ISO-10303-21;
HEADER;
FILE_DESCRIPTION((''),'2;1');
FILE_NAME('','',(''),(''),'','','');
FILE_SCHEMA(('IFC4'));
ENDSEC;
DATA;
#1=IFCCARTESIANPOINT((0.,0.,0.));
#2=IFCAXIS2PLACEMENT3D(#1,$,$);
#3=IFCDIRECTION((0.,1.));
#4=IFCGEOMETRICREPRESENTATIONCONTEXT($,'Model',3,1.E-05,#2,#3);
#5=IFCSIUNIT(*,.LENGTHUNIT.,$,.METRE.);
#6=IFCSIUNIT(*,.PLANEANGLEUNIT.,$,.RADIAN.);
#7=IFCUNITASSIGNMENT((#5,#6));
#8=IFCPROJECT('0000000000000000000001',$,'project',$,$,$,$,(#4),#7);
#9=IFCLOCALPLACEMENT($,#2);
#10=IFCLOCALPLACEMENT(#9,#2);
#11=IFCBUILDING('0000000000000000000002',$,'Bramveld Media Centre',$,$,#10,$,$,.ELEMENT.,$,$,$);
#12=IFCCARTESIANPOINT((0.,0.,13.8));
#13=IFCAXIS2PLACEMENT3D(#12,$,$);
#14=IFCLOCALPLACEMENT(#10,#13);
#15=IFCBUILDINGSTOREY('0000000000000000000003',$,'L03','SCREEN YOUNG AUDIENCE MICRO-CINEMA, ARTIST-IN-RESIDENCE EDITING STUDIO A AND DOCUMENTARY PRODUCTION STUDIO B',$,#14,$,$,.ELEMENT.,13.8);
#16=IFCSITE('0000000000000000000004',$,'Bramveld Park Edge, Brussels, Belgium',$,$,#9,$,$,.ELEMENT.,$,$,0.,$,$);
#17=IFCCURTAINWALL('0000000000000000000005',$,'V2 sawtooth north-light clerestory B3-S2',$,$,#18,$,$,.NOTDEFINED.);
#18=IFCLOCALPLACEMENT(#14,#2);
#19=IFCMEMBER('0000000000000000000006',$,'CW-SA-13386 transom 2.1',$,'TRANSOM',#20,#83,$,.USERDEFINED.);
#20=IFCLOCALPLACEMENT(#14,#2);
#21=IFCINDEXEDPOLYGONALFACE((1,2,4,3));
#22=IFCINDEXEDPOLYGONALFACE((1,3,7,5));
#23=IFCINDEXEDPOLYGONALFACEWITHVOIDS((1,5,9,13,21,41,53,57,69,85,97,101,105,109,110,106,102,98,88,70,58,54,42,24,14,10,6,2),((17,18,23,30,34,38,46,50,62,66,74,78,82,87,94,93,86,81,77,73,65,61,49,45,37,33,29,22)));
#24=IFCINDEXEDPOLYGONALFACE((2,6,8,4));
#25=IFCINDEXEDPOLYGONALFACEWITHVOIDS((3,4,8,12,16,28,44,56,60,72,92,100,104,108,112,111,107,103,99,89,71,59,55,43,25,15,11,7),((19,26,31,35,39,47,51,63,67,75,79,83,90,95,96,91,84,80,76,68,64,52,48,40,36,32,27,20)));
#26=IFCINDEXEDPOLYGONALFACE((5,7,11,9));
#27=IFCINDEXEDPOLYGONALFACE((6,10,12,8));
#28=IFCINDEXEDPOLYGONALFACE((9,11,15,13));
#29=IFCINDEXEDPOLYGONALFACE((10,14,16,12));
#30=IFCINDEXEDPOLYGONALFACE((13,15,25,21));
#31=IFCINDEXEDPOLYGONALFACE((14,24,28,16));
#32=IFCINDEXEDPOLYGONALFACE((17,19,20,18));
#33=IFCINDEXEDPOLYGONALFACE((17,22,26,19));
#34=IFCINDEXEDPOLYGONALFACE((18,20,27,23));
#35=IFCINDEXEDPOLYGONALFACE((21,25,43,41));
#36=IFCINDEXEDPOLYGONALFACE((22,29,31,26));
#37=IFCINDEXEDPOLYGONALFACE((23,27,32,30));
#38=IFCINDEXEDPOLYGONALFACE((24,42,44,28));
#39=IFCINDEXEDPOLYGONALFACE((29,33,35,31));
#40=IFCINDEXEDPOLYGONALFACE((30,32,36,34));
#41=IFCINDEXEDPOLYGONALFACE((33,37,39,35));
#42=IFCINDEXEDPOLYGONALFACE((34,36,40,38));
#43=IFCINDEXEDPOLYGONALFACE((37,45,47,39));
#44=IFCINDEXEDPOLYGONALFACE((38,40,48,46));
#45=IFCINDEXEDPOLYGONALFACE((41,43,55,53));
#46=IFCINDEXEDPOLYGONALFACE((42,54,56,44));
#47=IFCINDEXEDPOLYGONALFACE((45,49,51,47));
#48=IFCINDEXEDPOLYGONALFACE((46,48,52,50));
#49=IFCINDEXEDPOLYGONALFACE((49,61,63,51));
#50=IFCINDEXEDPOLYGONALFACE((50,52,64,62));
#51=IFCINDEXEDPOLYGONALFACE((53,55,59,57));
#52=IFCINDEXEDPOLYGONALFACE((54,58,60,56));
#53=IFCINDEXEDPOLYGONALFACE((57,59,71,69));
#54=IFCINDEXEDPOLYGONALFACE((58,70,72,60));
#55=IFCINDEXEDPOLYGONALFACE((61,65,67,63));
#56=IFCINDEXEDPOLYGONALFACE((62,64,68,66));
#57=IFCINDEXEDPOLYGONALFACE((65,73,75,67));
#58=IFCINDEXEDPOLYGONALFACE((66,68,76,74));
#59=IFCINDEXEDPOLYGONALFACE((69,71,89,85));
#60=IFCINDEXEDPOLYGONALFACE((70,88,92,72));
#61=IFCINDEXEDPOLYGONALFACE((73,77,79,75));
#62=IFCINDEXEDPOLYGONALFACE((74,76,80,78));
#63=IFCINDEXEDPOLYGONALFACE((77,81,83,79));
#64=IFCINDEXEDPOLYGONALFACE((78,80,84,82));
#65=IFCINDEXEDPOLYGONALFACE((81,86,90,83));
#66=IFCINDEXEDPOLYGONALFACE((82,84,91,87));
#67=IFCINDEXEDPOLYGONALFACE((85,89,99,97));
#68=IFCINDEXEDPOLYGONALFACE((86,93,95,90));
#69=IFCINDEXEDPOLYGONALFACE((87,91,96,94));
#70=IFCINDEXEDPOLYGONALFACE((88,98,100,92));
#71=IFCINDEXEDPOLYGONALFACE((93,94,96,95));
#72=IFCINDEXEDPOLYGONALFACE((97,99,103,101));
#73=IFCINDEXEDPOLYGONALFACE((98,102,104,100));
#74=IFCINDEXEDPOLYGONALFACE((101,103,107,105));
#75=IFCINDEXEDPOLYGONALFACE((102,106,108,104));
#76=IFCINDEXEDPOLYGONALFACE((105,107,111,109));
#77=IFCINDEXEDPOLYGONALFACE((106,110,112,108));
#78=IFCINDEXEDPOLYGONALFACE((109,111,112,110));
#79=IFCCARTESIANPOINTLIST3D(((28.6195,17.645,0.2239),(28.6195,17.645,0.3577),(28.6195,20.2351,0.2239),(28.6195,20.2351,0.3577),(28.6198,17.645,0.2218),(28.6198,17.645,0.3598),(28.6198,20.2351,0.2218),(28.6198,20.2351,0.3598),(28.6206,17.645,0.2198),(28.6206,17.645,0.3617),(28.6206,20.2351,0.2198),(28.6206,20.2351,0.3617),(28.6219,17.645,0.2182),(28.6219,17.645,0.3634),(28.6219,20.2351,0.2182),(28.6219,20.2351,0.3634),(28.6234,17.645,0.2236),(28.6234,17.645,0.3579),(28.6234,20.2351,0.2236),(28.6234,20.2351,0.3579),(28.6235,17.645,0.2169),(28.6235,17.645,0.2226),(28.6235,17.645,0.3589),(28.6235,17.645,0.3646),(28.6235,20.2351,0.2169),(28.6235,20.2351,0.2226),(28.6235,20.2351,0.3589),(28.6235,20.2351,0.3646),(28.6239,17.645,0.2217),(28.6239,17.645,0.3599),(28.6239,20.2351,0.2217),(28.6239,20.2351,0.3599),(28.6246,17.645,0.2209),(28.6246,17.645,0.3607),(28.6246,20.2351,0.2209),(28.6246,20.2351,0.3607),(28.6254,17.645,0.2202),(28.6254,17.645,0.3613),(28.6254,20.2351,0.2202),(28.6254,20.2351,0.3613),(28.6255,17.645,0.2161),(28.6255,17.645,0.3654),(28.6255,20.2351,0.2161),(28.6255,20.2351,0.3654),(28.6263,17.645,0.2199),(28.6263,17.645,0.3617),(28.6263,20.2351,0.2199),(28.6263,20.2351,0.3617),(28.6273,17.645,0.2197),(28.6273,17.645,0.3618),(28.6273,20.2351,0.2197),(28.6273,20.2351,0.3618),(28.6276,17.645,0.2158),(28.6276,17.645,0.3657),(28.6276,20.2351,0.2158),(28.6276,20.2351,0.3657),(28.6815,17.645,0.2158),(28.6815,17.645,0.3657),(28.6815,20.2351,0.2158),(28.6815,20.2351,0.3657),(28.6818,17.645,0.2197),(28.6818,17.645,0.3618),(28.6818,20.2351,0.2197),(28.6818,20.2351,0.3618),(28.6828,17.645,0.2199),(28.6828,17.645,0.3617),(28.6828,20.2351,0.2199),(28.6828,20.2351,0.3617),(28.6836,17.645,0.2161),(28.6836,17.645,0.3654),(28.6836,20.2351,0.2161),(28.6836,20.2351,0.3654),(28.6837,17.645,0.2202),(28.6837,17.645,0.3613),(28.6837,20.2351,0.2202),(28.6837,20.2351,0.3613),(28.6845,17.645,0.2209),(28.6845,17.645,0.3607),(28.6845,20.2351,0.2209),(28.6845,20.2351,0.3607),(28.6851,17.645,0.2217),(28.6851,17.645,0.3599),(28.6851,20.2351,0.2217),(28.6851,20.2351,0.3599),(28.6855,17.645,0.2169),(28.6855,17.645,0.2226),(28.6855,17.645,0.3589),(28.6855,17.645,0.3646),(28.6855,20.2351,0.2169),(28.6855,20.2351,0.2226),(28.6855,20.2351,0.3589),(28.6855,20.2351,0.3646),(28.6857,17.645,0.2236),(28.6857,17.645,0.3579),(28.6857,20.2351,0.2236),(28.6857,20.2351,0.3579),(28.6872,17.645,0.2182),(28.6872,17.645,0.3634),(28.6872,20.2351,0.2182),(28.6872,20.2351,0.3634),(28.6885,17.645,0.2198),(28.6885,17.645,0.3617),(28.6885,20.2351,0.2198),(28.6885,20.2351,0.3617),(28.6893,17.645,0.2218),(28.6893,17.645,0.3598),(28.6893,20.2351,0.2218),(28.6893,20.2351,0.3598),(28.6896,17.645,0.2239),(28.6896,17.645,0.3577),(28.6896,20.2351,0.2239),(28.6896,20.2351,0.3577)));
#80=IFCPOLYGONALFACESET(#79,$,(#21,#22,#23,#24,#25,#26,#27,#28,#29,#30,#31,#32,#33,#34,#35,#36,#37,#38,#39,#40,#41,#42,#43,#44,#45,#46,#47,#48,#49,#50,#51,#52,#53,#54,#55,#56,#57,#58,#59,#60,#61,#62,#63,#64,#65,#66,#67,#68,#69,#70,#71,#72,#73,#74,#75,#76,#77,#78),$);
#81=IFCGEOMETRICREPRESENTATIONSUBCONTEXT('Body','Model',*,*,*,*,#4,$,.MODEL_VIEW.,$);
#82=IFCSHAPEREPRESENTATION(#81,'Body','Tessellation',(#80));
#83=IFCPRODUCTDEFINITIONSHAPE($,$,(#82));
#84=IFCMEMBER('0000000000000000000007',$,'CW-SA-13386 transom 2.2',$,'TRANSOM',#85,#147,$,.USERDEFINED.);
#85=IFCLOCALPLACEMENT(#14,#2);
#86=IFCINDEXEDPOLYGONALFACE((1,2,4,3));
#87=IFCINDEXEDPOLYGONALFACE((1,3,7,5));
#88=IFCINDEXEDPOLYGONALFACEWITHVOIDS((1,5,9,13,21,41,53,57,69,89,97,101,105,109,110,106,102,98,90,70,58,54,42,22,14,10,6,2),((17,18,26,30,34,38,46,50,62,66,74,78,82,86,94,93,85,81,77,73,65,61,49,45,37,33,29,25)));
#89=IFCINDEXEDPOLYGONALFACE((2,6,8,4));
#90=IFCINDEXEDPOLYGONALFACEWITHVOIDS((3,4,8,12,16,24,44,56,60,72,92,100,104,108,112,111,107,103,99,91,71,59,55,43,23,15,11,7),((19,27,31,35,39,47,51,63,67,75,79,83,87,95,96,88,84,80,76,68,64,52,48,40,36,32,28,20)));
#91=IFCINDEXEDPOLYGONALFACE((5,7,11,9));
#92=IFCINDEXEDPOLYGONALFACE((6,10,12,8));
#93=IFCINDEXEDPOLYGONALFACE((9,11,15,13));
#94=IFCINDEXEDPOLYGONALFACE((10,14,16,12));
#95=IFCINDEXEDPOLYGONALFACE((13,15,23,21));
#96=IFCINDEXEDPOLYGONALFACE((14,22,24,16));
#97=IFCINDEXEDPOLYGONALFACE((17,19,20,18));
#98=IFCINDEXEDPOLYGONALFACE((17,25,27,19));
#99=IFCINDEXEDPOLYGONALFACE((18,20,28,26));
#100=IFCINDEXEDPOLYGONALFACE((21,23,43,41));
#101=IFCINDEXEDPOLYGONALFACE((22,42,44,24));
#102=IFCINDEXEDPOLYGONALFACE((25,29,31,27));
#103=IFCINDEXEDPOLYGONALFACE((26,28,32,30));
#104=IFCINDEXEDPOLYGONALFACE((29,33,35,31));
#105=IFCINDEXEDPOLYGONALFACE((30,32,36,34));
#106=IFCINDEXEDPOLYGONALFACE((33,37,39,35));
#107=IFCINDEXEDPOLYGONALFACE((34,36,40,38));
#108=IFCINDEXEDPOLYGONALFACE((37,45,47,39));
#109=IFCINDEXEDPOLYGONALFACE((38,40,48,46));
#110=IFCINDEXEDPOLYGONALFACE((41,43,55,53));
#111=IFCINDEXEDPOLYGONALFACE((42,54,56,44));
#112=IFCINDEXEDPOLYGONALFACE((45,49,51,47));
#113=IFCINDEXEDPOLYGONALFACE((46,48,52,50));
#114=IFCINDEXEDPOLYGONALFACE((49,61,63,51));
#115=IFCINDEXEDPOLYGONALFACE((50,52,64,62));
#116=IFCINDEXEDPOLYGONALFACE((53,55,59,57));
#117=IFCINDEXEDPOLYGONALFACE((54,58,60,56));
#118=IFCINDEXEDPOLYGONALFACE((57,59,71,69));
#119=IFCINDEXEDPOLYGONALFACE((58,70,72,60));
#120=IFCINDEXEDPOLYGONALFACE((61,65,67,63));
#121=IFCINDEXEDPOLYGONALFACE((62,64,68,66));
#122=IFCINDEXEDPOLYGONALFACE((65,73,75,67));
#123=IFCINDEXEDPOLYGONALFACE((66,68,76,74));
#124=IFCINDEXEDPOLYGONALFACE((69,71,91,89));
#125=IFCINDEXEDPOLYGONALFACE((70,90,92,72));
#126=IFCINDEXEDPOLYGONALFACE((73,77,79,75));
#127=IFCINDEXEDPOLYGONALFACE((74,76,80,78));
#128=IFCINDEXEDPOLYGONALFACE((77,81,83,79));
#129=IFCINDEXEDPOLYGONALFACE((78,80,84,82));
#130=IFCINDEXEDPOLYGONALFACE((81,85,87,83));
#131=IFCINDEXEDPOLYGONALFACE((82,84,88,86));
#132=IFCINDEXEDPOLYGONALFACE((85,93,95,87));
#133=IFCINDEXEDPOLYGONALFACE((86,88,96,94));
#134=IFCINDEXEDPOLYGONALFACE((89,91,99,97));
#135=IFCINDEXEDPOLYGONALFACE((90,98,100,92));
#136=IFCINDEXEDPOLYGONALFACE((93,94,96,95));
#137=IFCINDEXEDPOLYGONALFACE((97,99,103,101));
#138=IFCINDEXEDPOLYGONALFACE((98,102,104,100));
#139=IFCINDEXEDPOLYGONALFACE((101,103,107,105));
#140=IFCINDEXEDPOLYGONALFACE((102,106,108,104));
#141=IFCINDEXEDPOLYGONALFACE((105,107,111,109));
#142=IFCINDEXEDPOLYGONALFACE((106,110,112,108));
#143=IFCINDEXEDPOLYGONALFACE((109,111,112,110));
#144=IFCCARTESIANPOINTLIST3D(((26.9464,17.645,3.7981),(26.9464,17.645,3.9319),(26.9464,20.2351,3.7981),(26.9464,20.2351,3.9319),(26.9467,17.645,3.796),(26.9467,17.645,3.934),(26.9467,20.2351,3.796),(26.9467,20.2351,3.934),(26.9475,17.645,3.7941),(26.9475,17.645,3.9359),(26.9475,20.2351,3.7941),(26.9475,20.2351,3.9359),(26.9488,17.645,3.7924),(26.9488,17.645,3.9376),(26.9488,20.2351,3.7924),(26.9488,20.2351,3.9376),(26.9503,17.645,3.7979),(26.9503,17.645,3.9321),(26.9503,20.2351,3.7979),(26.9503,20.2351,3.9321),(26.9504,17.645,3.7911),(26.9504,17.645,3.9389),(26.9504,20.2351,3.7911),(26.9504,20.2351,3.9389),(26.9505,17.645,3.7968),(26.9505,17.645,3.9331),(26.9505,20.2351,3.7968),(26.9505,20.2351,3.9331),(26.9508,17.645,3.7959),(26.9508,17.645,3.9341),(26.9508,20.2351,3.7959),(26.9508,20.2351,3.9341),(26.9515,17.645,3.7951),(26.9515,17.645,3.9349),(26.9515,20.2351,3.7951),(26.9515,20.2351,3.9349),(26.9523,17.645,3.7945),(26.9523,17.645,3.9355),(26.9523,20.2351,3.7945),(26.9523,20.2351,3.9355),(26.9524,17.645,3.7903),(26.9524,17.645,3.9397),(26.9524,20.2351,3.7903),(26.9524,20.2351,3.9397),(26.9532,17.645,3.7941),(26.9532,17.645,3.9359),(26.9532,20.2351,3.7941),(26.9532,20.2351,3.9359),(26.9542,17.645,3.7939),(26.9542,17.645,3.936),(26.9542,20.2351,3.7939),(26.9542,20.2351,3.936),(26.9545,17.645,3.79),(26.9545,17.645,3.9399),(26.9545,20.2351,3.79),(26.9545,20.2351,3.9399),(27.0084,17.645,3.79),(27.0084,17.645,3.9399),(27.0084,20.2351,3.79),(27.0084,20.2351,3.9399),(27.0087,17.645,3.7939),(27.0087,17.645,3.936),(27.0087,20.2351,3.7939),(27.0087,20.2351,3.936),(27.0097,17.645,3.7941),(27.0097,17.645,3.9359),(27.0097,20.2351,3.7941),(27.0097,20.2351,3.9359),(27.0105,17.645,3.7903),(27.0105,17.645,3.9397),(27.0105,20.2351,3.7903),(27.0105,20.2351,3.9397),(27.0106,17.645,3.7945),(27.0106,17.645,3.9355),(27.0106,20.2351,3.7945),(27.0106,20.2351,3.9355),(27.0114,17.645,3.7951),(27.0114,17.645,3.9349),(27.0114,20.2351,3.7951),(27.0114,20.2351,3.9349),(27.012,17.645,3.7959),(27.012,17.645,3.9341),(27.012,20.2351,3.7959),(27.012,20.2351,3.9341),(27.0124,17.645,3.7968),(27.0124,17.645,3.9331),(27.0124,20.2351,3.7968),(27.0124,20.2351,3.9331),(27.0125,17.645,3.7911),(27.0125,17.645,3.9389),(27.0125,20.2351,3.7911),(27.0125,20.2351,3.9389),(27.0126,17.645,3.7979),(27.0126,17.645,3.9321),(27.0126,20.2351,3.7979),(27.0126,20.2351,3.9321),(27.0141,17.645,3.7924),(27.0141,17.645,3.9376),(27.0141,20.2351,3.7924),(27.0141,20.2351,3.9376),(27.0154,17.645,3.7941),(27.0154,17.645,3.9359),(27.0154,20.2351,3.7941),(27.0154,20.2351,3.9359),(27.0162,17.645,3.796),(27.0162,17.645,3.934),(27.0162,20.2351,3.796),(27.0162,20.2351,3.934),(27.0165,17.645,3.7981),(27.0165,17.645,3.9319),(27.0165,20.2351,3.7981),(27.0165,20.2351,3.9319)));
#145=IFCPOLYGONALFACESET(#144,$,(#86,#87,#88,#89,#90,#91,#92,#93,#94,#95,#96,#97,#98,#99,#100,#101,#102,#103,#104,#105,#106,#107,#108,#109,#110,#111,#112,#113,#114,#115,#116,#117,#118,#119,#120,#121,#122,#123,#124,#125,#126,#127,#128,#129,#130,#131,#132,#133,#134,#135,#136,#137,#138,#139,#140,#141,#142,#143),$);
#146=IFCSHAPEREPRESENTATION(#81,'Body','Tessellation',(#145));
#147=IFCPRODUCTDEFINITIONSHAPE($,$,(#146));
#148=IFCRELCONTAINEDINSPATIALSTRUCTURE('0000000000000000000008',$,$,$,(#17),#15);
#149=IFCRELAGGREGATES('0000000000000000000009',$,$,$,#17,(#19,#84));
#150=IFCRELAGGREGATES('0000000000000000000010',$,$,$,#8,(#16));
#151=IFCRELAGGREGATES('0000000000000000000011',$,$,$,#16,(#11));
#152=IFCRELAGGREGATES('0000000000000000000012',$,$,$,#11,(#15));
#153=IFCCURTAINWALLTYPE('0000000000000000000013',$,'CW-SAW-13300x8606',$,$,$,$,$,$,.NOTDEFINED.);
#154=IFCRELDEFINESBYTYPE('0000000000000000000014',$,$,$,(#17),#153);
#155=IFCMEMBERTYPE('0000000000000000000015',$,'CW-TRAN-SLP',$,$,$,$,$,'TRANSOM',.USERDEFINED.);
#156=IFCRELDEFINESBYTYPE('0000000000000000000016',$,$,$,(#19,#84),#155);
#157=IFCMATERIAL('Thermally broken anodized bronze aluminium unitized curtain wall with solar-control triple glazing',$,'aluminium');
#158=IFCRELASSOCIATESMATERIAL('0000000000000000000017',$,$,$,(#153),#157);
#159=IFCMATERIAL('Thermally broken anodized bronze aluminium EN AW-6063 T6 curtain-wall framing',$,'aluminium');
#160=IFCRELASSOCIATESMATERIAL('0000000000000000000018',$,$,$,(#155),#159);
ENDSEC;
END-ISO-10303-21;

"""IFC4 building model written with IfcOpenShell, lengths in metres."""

from ifc_helpers import new_model, si_unit, direction, frame, origin, origin_2d, place, context, subcontext, project, spatial, hollow_rectangle, extrude, material, material_profile, profile_set, type_object, element, aggregate, save


model = new_model("IFC4")

# Units and contexts
model_context = context("Model", 3, precision=1e-05, world=origin(), true_north=direction((0.0, 1.0)))
body_context = subcontext(model_context, "Body", "Model", "MODEL_VIEW")
ifc_project = project(units=[si_unit("LENGTHUNIT", "METRE"), si_unit("PLANEANGLEUNIT", "RADIAN")], contexts=[model_context])

# Site, building, storey
site_placement = place(None, origin())
site = spatial("IfcSite", under=ifc_project, at=site_placement, Name="Bramveld Park Edge, Brussels, Belgium", CompositionType="ELEMENT", RefElevation=0.0)
building_placement = place(site_placement, origin())
building = spatial("IfcBuilding", under=site, at=building_placement, Name="Bramveld Media Centre", CompositionType="ELEMENT")
storey_placement = place(building_placement, frame((0.0, 0.0, 13.8)))
storey = spatial("IfcBuildingStorey", under=building, at=storey_placement, Name="L03", Description="SCREEN YOUNG AUDIENCE MICRO-CINEMA, ARTIST-IN-RESIDENCE EDITING STUDIO A AND DOCUMENTARY PRODUCTION STUDIO B", CompositionType="ELEMENT", Elevation=13.8)

# Curtain wall, members
ifc_material_1 = material(Name="Thermally broken anodized bronze aluminium unitized curtain wall with solar-control triple glazing", Category="aluminium")
curtain_wall_type = type_object("IfcCurtainWallType", Name="CW-SAW-13300x8606", PredefinedType="NOTDEFINED", material=ifc_material_1)
curtain_wall_placement = place(storey_placement, origin())
curtain_wall = element("IfcCurtainWall", 1, at=curtain_wall_placement, inside=storey, type_object=curtain_wall_type, Name="V2 sawtooth north-light clerestory B3-S2", PredefinedType="NOTDEFINED")
ifc_material_2 = material(Name="Thermally broken anodized bronze aluminium EN AW-6063 T6 curtain-wall framing", Category="aluminium")
ifc_material_profile_1 = material_profile(ifc_material_2, hollow_rectangle(XDim=0.0701, YDim=0.1499, WallThickness=0.0039, InnerFilletRadius=0.0039, OuterFilletRadius=0.0081, at=origin_2d()), Name="AL-TRAN 70x150")
ifc_profile_set_1 = profile_set([ifc_material_profile_1], Name="Thermally broken anodized bronze aluminium EN AW-6063 T6 curtain-wall framing")
member_type_1 = type_object("IfcMemberType", Name="CW-TRAN-SLP", ElementType="TRANSOM", PredefinedType="USERDEFINED", material=ifc_profile_set_1)
member_1_placement = place(storey_placement, frame((28.6545, 17.645, 0.2908), z_axis=(0.0, 1.0, 0.0), x_axis=(-1.0, 0.0, 0.0)))
member_1 = element("IfcMember", 2, at=member_1_placement, type_object=member_type_1, Name="CW-SA-13386 transom 2.1", ObjectType="TRANSOM", PredefinedType="USERDEFINED", context=body_context, shape_type="SweptSolid", body=[
    extrude(hollow_rectangle(XDim=0.0701, YDim=0.1499, WallThickness=0.0039, InnerFilletRadius=0.0039, OuterFilletRadius=0.0081, at=origin_2d()), origin(), (0.0, 0.0, 1.0), 2.5901),
])
member_2_placement = place(storey_placement, frame((26.9814, 17.645, 3.865), z_axis=(0.0, 1.0, 0.0), x_axis=(-1.0, 0.0, 0.0)))
member_2 = element("IfcMember", 3, at=member_2_placement, type_object=member_type_1, Name="CW-SA-13386 transom 2.2", ObjectType="TRANSOM", PredefinedType="USERDEFINED", context=body_context, shape_type="SweptSolid", body=[
    extrude(hollow_rectangle(XDim=0.0701, YDim=0.1499, WallThickness=0.0039, InnerFilletRadius=0.0039, OuterFilletRadius=0.0081, at=origin_2d()), origin(), (0.0, 0.0, 1.0), 2.5901),
])

aggregate(curtain_wall, [member_1, member_2])

save(model, "model.ifc")
